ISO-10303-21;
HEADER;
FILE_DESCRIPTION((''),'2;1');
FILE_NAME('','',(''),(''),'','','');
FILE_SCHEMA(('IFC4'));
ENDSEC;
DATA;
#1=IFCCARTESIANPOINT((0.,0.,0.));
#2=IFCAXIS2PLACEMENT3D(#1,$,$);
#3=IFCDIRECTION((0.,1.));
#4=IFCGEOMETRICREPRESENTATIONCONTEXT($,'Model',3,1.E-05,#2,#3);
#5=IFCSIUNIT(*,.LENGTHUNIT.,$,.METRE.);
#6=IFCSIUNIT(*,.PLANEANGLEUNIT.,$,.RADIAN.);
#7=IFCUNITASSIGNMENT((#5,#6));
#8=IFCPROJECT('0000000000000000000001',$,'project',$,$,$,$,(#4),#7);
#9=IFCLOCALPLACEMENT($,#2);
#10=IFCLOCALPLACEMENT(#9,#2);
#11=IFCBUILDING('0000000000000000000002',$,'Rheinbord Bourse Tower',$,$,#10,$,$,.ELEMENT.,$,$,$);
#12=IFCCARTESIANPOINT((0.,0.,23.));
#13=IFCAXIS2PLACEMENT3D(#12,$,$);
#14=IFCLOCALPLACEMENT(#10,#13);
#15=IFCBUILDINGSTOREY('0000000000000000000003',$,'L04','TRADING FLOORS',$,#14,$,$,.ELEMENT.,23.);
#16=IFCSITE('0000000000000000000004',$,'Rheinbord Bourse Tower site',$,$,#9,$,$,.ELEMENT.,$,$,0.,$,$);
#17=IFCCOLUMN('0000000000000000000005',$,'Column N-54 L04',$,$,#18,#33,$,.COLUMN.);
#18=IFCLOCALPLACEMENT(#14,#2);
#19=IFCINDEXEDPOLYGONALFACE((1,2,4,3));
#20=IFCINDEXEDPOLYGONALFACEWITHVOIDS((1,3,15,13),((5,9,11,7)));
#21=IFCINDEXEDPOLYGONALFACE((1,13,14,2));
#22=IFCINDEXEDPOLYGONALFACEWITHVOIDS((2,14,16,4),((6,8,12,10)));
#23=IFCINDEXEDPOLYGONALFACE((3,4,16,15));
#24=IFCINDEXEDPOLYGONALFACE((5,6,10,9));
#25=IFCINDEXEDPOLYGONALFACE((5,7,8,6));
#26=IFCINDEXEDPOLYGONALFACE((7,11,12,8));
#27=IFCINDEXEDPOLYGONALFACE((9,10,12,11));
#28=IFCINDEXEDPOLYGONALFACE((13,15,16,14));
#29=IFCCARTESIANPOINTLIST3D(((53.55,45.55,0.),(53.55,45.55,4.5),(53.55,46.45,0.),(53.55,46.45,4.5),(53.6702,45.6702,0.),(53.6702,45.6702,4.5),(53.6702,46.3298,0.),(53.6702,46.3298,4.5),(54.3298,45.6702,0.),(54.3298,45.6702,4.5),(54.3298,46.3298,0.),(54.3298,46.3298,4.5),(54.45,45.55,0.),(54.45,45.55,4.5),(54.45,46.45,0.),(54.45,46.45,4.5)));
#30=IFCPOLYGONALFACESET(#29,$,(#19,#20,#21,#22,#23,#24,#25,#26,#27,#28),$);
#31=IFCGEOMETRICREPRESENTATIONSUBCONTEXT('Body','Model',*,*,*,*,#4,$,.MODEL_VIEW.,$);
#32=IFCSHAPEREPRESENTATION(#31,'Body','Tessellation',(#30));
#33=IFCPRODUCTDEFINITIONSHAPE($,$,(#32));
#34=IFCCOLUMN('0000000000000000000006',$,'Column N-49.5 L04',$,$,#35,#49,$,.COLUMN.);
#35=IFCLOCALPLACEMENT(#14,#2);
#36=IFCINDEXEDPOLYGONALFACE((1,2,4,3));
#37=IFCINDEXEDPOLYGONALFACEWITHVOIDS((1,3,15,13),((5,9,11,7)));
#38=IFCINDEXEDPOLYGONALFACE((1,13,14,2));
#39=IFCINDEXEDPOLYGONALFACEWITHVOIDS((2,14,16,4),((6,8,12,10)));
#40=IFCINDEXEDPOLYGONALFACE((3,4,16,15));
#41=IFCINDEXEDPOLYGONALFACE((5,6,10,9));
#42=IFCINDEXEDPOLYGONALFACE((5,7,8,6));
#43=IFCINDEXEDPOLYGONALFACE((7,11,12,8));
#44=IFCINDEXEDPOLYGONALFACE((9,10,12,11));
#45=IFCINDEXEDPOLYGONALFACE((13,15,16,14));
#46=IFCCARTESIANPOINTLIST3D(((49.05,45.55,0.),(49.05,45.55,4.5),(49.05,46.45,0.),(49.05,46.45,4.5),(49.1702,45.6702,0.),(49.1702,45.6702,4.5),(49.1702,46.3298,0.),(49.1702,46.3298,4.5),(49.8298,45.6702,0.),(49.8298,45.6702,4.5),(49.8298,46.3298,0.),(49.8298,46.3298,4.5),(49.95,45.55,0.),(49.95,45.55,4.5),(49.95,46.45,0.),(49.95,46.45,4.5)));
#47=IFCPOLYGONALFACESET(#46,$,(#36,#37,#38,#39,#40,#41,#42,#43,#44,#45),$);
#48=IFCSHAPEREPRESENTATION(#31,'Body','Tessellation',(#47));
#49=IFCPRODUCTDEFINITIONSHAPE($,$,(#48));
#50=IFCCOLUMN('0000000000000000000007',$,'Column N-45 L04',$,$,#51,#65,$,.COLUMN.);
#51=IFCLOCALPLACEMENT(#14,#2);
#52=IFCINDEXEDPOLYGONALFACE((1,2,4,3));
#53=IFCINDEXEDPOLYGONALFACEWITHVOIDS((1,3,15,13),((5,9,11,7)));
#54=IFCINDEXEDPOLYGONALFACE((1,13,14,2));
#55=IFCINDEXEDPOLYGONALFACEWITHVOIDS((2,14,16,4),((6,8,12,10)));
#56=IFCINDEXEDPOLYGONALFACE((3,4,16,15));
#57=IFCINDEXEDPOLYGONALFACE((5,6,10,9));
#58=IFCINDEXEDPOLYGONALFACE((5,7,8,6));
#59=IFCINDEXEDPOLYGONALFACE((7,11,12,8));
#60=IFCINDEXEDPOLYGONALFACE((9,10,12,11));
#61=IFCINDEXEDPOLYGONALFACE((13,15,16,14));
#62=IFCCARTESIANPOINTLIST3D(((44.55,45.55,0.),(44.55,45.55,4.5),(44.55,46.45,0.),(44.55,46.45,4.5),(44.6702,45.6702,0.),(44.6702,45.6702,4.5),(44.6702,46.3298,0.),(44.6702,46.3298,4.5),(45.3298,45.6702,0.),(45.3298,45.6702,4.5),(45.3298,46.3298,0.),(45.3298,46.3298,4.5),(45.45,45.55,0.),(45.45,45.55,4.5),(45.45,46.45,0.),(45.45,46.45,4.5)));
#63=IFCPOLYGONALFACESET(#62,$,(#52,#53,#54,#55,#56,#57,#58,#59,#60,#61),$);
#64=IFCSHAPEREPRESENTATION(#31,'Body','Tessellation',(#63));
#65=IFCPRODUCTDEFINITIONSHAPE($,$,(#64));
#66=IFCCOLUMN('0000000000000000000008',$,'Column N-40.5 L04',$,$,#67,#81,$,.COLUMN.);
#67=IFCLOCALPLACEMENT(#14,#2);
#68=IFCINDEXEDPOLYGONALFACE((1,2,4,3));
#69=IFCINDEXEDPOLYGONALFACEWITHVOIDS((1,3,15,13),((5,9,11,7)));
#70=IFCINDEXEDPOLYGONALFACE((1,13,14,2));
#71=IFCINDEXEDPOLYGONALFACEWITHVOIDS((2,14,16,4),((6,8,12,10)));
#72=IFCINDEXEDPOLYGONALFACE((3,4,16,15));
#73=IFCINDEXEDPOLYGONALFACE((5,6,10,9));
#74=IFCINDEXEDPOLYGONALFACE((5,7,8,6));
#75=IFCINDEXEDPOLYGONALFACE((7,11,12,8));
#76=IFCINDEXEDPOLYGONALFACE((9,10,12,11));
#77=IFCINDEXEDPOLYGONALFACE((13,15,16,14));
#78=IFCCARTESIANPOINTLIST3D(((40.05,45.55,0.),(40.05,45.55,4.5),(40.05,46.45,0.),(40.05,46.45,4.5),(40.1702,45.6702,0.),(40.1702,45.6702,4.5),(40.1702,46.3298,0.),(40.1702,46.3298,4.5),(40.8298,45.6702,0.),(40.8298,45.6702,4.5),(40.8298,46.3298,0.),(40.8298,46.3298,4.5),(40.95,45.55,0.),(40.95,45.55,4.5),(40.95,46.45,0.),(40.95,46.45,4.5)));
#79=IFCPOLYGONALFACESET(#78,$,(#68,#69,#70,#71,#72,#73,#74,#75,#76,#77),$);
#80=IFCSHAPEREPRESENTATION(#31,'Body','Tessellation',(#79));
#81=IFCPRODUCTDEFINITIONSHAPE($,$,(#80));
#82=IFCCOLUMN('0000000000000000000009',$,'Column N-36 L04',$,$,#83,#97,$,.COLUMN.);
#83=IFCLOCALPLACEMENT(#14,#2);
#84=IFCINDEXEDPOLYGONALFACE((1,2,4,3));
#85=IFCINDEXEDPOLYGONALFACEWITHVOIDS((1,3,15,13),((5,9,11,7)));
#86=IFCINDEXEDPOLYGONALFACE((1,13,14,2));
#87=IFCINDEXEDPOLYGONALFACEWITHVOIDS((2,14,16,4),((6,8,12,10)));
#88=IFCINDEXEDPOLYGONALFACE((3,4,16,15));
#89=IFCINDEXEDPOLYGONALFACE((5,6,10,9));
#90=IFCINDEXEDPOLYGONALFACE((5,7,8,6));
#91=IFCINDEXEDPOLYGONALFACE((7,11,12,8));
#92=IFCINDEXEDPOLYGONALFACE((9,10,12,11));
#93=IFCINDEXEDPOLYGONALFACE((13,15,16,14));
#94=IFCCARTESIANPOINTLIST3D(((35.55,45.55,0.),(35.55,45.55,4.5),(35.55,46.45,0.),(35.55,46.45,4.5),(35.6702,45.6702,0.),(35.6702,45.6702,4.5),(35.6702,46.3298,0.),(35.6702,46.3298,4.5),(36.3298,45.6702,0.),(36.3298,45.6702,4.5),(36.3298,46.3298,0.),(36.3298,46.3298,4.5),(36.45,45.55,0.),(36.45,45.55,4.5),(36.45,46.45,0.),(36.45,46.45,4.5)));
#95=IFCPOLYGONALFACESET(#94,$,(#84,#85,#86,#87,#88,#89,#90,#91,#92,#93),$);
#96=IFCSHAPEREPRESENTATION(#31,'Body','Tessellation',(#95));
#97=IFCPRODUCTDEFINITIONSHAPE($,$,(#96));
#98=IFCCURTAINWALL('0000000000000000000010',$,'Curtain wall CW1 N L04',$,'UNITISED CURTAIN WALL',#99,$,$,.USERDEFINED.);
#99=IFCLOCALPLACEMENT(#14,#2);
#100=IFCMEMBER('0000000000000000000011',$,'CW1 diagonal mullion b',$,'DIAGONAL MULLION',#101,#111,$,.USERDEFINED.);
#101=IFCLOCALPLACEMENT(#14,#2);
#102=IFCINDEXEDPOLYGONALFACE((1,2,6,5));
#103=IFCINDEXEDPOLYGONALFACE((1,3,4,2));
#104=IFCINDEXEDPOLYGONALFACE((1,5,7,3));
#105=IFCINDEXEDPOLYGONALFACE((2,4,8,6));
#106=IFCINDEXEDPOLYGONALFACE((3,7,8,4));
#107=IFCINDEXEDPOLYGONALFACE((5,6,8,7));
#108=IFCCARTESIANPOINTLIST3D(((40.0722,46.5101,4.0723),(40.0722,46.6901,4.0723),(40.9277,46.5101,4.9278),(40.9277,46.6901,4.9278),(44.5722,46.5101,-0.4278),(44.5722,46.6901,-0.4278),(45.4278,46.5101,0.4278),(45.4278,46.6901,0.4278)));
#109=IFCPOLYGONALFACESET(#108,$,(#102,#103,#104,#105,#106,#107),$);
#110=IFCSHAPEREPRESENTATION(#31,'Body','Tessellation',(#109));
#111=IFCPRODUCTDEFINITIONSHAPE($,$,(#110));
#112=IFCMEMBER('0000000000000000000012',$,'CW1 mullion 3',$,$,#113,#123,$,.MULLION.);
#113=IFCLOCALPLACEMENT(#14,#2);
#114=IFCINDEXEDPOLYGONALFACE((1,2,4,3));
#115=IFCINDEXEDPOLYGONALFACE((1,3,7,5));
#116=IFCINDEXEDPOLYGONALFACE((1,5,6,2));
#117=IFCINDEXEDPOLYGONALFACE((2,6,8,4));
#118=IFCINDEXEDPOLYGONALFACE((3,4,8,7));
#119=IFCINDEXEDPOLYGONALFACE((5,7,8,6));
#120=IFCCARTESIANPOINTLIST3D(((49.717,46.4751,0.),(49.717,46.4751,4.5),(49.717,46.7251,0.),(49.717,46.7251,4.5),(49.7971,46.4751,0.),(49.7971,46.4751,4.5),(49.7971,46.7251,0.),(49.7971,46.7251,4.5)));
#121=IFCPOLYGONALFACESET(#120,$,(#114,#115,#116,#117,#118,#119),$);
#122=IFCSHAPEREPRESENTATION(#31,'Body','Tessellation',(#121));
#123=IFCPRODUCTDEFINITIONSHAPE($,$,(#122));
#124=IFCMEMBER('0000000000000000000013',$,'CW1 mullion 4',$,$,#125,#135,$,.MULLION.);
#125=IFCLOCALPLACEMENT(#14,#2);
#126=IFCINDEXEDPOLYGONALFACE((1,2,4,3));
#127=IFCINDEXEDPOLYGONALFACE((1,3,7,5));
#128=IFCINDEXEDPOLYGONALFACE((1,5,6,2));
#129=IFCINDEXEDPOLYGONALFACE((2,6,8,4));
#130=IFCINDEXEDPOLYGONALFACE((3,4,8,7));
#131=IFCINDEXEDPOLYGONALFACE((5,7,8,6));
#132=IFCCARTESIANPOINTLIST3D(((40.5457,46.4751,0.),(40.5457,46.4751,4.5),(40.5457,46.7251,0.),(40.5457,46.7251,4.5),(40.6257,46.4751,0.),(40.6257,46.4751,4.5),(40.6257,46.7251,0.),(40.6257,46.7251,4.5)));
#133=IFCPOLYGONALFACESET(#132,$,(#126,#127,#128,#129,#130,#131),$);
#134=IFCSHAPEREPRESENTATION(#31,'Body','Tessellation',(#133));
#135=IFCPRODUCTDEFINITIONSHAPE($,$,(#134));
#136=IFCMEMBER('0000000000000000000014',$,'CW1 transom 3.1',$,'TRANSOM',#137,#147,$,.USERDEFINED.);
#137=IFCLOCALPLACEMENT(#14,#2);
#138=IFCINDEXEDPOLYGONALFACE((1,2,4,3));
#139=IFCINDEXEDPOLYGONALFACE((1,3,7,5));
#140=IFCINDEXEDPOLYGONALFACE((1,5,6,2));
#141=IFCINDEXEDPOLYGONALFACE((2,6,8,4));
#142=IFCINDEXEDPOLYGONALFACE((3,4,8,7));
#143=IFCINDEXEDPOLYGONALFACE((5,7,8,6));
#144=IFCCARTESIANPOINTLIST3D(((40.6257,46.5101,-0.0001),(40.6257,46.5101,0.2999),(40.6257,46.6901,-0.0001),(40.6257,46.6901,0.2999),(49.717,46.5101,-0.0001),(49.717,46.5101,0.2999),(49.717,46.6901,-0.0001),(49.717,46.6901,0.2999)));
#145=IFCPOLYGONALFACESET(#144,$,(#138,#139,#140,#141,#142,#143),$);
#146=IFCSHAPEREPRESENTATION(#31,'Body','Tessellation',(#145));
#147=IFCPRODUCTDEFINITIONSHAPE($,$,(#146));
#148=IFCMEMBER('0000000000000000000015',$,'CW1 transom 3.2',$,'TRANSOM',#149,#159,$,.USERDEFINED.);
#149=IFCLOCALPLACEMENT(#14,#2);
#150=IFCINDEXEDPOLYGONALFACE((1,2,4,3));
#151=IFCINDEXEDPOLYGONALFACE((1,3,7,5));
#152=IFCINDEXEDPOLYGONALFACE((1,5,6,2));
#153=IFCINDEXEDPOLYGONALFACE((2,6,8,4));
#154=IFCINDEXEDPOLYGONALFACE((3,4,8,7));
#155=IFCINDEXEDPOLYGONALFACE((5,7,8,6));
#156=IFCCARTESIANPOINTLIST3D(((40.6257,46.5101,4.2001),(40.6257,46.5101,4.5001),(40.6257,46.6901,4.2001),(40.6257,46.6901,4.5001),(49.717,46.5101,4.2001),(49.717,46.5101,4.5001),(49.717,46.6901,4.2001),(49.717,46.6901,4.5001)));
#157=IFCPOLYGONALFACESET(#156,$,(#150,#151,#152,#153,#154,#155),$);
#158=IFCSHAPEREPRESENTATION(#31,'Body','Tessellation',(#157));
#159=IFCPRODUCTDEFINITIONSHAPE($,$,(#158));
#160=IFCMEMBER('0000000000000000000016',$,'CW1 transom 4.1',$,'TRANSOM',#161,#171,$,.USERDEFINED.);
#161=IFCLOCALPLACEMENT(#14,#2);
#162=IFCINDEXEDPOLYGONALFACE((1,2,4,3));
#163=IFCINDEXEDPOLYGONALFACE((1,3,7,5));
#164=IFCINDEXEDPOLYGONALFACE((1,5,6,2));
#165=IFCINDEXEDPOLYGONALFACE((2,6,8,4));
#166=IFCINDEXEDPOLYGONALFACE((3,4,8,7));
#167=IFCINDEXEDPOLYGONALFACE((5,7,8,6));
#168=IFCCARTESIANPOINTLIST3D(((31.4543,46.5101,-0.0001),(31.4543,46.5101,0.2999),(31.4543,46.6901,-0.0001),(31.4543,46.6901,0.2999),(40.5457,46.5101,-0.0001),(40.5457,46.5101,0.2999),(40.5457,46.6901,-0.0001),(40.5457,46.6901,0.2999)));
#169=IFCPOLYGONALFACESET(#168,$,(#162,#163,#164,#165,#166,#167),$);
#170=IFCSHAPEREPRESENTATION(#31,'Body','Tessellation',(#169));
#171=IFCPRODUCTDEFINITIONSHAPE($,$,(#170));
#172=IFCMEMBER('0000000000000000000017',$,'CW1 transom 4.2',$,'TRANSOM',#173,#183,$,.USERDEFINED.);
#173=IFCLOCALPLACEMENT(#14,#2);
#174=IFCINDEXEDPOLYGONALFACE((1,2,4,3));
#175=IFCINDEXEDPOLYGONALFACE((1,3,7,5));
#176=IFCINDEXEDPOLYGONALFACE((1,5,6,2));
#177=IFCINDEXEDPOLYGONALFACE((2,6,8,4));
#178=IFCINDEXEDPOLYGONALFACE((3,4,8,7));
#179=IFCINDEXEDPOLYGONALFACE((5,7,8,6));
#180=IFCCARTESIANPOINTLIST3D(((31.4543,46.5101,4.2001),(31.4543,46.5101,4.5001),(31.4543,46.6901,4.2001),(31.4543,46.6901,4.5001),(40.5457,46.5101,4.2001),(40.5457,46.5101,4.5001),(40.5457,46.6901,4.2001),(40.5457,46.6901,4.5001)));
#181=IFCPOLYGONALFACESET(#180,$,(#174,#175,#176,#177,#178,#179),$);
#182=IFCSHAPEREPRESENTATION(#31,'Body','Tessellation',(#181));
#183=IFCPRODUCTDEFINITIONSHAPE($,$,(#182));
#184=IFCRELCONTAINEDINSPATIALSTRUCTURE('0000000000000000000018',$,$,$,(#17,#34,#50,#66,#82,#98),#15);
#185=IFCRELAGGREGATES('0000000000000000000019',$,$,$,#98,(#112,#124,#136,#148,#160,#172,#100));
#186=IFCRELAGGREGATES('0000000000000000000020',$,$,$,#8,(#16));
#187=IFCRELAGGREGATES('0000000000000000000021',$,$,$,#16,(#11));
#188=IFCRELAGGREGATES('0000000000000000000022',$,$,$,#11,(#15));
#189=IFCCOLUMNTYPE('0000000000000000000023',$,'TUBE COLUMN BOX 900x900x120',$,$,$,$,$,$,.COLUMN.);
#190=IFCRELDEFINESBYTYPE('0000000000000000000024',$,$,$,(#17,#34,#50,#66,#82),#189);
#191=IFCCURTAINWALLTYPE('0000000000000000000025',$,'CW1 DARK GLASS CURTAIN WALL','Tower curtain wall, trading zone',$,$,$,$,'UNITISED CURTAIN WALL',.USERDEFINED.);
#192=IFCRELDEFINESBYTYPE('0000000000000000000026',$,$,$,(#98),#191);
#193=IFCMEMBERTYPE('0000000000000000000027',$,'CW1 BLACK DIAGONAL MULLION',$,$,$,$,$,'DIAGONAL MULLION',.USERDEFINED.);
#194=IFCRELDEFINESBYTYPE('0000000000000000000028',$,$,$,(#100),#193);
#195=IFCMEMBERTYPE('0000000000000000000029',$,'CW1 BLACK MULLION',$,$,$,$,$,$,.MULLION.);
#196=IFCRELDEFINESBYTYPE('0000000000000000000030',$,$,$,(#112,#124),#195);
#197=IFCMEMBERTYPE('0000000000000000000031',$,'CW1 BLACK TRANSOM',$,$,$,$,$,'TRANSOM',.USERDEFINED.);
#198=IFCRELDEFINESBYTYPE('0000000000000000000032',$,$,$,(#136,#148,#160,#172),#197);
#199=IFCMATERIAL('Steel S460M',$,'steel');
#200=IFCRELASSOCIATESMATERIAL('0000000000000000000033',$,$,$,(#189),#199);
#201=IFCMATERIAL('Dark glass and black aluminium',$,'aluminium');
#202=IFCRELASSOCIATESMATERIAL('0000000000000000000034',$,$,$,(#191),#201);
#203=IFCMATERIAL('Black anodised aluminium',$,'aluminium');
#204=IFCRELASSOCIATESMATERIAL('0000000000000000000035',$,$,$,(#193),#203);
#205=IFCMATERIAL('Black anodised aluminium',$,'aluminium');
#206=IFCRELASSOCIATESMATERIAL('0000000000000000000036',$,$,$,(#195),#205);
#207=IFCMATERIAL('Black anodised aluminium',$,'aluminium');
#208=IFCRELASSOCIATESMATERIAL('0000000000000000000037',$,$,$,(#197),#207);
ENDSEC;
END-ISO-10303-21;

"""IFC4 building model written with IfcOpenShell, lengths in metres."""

from ifc_helpers import new_model, si_unit, direction, frame, origin, origin_2d, place, context, subcontext, project, spatial, rectangle, hollow_rectangle, extrude, material, material_profile, profile_set, type_object, element, aggregate, save


model = new_model("IFC4")

# Units and contexts
model_context = context("Model", 3, precision=1e-05, world=origin(), true_north=direction((0.0, 1.0)))
body_context = subcontext(model_context, "Body", "Model", "MODEL_VIEW")
ifc_project = project(units=[si_unit("LENGTHUNIT", "METRE"), si_unit("PLANEANGLEUNIT", "RADIAN")], contexts=[model_context])

# Site, building, storey
site_placement = place(None, origin())
site = spatial("IfcSite", under=ifc_project, at=site_placement, Name="Rheinbord Bourse Tower site", CompositionType="ELEMENT", RefElevation=0.0)
building_placement = place(site_placement, origin())
building = spatial("IfcBuilding", under=site, at=building_placement, Name="Rheinbord Bourse Tower", CompositionType="ELEMENT")
storey_placement = place(building_placement, frame((0.0, 0.0, 23.0)))
storey = spatial("IfcBuildingStorey", under=building, at=storey_placement, Name="L04", Description="TRADING FLOORS", CompositionType="ELEMENT", Elevation=23.0)

# Columns
ifc_material_1 = material(Name="Steel S460M", Category="steel")
ifc_material_profile_1 = material_profile(ifc_material_1, hollow_rectangle(XDim=0.8999, YDim=0.8999, WallThickness=0.1201, at=origin_2d()), Name="BOX 900x900x120")
ifc_profile_set_1 = profile_set([ifc_material_profile_1], Name="Steel S460M")
column_type = type_object("IfcColumnType", Name="TUBE COLUMN BOX 900x900x120", PredefinedType="COLUMN", material=ifc_profile_set_1)
for number, where, z_axis, x_axis, name in (
    (1, (54.0, 46.0, 0.0), (0.0, 0.0, 1.0), (0.0, 1.0, 0.0), "Column N-54 L04"),
    (2, (49.5, 46.0, 0.0), (0.0, 0.0, 1.0), (0.0, 1.0, 0.0), "Column N-49.5 L04"),
    (3, (45.0, 46.0, 0.0), (0.0, 0.0, 1.0), (0.0, 1.0, 0.0), "Column N-45 L04"),
    (4, (40.5, 46.0, 0.0), (0.0, 0.0, 1.0), (0.0, 1.0, 0.0), "Column N-40.5 L04"),
    (5, (36.0, 46.0, 0.0), (0.0, 0.0, 1.0), (0.0, 1.0, 0.0), "Column N-36 L04"),
):
    element("IfcColumn", number, at=place(storey_placement, frame(where, z_axis=z_axis, x_axis=x_axis)), inside=storey, type_object=column_type, Name=name, PredefinedType="COLUMN", context=body_context, shape_type="SweptSolid", body=[
        extrude(hollow_rectangle(XDim=0.8999, YDim=0.8999, WallThickness=0.1201, at=origin_2d()), origin(), (0.0, 0.0, 1.0), 4.5),
    ])

# Curtain wall, members
ifc_material_2 = material(Name="Dark glass and black aluminium", Category="aluminium")
curtain_wall_type = type_object("IfcCurtainWallType", Name="CW1 DARK GLASS CURTAIN WALL", Description="Tower curtain wall, trading zone", ElementType="UNITISED CURTAIN WALL", PredefinedType="USERDEFINED", material=ifc_material_2)
curtain_wall_placement = place(storey_placement, origin())
curtain_wall = element("IfcCurtainWall", 6, at=curtain_wall_placement, inside=storey, type_object=curtain_wall_type, Name="Curtain wall CW1 N L04", ObjectType="UNITISED CURTAIN WALL", PredefinedType="USERDEFINED")
ifc_material_3 = material(Name="Black anodised aluminium", Category="aluminium")
ifc_material_profile_2 = material_profile(ifc_material_3, rectangle(XDim=0.1799, YDim=1.21, at=origin_2d()), Name="CW1 DIAGONAL MULLION 1210x180")
ifc_profile_set_2 = profile_set([ifc_material_profile_2], Name="Black anodised aluminium")
member_type_1 = type_object("IfcMemberType", Name="CW1 BLACK DIAGONAL MULLION", ElementType="DIAGONAL MULLION", PredefinedType="USERDEFINED", material=ifc_profile_set_2)
member_1_placement = place(storey_placement, frame((45.0, 46.6001, 0.0), z_axis=(-0.707107, 0.0, 0.707107), x_axis=(0.0, -1.0, 0.0)))
member_1 = element("IfcMember", 7, at=member_1_placement, type_object=member_type_1, Name="CW1 diagonal mullion b", ObjectType="DIAGONAL MULLION", PredefinedType="USERDEFINED", context=body_context, shape_type="SweptSolid", body=[
    extrude(rectangle(XDim=0.1799, YDim=1.21, at=origin_2d()), origin(), (0.0, 0.0, 1.0), 6.364),
])
ifc_material_4 = material(Name="Black anodised aluminium", Category="aluminium")
ifc_material_profile_3 = material_profile(ifc_material_4, rectangle(XDim=0.25, YDim=0.0801, at=origin_2d()), Name="CW1 MULLION 80x250")
ifc_profile_set_3 = profile_set([ifc_material_profile_3], Name="Black anodised aluminium")
member_type_2 = type_object("IfcMemberType", Name="CW1 BLACK MULLION", PredefinedType="MULLION", material=ifc_profile_set_3)
member_2_placement = place(storey_placement, frame((49.7571, 46.6001, 0.0), z_axis=(0.0, 0.0, 1.0), x_axis=(0.0, -1.0, 0.0)))
member_2 = element("IfcMember", 8, at=member_2_placement, type_object=member_type_2, Name="CW1 mullion 3", PredefinedType="MULLION", context=body_context, shape_type="SweptSolid", body=[
    extrude(rectangle(XDim=0.25, YDim=0.0801, at=origin_2d()), origin(), (0.0, 0.0, 1.0), 4.5),
])
member_3_placement = place(storey_placement, frame((40.5857, 46.6001, 0.0), z_axis=(0.0, 0.0, 1.0), x_axis=(0.0, -1.0, 0.0)))
member_3 = element("IfcMember", 9, at=member_3_placement, type_object=member_type_2, Name="CW1 mullion 4", PredefinedType="MULLION", context=body_context, shape_type="SweptSolid", body=[
    extrude(rectangle(XDim=0.25, YDim=0.0801, at=origin_2d()), origin(), (0.0, 0.0, 1.0), 4.5),
])
ifc_material_5 = material(Name="Black anodised aluminium", Category="aluminium")
ifc_material_profile_4 = material_profile(ifc_material_5, rectangle(XDim=0.1799, YDim=0.3, at=origin_2d()), Name="CW1 TRANSOM 300x180")
ifc_profile_set_4 = profile_set([ifc_material_profile_4], Name="Black anodised aluminium")
member_type_3 = type_object("IfcMemberType", Name="CW1 BLACK TRANSOM", ElementType="TRANSOM", PredefinedType="USERDEFINED", material=ifc_profile_set_4)
member_4_placement = place(storey_placement, frame((49.717, 46.6001, 0.1499), z_axis=(-1.0, 0.0, 0.0), x_axis=(0.0, -1.0, 0.0)))
member_4 = element("IfcMember", 10, at=member_4_placement, type_object=member_type_3, Name="CW1 transom 3.1", ObjectType="TRANSOM", PredefinedType="USERDEFINED", context=body_context, shape_type="SweptSolid", body=[
    extrude(rectangle(XDim=0.1799, YDim=0.3, at=origin_2d()), origin(), (0.0, 0.0, 1.0), 9.0913),
])
member_5_placement = place(storey_placement, frame((49.717, 46.6001, 4.3501), z_axis=(-1.0, 0.0, 0.0), x_axis=(0.0, -1.0, 0.0)))
member_5 = element("IfcMember", 11, at=member_5_placement, type_object=member_type_3, Name="CW1 transom 3.2", ObjectType="TRANSOM", PredefinedType="USERDEFINED", context=body_context, shape_type="SweptSolid", body=[
    extrude(rectangle(XDim=0.1799, YDim=0.3, at=origin_2d()), origin(), (0.0, 0.0, 1.0), 9.0913),
])
member_6_placement = place(storey_placement, frame((40.5457, 46.6001, 0.1499), z_axis=(-1.0, 0.0, 0.0), x_axis=(0.0, -1.0, 0.0)))
member_6 = element("IfcMember", 12, at=member_6_placement, type_object=member_type_3, Name="CW1 transom 4.1", ObjectType="TRANSOM", PredefinedType="USERDEFINED", context=body_context, shape_type="SweptSolid", body=[
    extrude(rectangle(XDim=0.1799, YDim=0.3, at=origin_2d()), origin(), (0.0, 0.0, 1.0), 9.0913),
])
member_7_placement = place(storey_placement, frame((40.5457, 46.6001, 4.3501), z_axis=(-1.0, 0.0, 0.0), x_axis=(0.0, -1.0, 0.0)))
member_7 = element("IfcMember", 13, at=member_7_placement, type_object=member_type_3, Name="CW1 transom 4.2", ObjectType="TRANSOM", PredefinedType="USERDEFINED", context=body_context, shape_type="SweptSolid", body=[
    extrude(rectangle(XDim=0.1799, YDim=0.3, at=origin_2d()), origin(), (0.0, 0.0, 1.0), 9.0913),
])

aggregate(curtain_wall, [member_2, member_3, member_4, member_5, member_6, member_7, member_1])

save(model, "model.ifc")
